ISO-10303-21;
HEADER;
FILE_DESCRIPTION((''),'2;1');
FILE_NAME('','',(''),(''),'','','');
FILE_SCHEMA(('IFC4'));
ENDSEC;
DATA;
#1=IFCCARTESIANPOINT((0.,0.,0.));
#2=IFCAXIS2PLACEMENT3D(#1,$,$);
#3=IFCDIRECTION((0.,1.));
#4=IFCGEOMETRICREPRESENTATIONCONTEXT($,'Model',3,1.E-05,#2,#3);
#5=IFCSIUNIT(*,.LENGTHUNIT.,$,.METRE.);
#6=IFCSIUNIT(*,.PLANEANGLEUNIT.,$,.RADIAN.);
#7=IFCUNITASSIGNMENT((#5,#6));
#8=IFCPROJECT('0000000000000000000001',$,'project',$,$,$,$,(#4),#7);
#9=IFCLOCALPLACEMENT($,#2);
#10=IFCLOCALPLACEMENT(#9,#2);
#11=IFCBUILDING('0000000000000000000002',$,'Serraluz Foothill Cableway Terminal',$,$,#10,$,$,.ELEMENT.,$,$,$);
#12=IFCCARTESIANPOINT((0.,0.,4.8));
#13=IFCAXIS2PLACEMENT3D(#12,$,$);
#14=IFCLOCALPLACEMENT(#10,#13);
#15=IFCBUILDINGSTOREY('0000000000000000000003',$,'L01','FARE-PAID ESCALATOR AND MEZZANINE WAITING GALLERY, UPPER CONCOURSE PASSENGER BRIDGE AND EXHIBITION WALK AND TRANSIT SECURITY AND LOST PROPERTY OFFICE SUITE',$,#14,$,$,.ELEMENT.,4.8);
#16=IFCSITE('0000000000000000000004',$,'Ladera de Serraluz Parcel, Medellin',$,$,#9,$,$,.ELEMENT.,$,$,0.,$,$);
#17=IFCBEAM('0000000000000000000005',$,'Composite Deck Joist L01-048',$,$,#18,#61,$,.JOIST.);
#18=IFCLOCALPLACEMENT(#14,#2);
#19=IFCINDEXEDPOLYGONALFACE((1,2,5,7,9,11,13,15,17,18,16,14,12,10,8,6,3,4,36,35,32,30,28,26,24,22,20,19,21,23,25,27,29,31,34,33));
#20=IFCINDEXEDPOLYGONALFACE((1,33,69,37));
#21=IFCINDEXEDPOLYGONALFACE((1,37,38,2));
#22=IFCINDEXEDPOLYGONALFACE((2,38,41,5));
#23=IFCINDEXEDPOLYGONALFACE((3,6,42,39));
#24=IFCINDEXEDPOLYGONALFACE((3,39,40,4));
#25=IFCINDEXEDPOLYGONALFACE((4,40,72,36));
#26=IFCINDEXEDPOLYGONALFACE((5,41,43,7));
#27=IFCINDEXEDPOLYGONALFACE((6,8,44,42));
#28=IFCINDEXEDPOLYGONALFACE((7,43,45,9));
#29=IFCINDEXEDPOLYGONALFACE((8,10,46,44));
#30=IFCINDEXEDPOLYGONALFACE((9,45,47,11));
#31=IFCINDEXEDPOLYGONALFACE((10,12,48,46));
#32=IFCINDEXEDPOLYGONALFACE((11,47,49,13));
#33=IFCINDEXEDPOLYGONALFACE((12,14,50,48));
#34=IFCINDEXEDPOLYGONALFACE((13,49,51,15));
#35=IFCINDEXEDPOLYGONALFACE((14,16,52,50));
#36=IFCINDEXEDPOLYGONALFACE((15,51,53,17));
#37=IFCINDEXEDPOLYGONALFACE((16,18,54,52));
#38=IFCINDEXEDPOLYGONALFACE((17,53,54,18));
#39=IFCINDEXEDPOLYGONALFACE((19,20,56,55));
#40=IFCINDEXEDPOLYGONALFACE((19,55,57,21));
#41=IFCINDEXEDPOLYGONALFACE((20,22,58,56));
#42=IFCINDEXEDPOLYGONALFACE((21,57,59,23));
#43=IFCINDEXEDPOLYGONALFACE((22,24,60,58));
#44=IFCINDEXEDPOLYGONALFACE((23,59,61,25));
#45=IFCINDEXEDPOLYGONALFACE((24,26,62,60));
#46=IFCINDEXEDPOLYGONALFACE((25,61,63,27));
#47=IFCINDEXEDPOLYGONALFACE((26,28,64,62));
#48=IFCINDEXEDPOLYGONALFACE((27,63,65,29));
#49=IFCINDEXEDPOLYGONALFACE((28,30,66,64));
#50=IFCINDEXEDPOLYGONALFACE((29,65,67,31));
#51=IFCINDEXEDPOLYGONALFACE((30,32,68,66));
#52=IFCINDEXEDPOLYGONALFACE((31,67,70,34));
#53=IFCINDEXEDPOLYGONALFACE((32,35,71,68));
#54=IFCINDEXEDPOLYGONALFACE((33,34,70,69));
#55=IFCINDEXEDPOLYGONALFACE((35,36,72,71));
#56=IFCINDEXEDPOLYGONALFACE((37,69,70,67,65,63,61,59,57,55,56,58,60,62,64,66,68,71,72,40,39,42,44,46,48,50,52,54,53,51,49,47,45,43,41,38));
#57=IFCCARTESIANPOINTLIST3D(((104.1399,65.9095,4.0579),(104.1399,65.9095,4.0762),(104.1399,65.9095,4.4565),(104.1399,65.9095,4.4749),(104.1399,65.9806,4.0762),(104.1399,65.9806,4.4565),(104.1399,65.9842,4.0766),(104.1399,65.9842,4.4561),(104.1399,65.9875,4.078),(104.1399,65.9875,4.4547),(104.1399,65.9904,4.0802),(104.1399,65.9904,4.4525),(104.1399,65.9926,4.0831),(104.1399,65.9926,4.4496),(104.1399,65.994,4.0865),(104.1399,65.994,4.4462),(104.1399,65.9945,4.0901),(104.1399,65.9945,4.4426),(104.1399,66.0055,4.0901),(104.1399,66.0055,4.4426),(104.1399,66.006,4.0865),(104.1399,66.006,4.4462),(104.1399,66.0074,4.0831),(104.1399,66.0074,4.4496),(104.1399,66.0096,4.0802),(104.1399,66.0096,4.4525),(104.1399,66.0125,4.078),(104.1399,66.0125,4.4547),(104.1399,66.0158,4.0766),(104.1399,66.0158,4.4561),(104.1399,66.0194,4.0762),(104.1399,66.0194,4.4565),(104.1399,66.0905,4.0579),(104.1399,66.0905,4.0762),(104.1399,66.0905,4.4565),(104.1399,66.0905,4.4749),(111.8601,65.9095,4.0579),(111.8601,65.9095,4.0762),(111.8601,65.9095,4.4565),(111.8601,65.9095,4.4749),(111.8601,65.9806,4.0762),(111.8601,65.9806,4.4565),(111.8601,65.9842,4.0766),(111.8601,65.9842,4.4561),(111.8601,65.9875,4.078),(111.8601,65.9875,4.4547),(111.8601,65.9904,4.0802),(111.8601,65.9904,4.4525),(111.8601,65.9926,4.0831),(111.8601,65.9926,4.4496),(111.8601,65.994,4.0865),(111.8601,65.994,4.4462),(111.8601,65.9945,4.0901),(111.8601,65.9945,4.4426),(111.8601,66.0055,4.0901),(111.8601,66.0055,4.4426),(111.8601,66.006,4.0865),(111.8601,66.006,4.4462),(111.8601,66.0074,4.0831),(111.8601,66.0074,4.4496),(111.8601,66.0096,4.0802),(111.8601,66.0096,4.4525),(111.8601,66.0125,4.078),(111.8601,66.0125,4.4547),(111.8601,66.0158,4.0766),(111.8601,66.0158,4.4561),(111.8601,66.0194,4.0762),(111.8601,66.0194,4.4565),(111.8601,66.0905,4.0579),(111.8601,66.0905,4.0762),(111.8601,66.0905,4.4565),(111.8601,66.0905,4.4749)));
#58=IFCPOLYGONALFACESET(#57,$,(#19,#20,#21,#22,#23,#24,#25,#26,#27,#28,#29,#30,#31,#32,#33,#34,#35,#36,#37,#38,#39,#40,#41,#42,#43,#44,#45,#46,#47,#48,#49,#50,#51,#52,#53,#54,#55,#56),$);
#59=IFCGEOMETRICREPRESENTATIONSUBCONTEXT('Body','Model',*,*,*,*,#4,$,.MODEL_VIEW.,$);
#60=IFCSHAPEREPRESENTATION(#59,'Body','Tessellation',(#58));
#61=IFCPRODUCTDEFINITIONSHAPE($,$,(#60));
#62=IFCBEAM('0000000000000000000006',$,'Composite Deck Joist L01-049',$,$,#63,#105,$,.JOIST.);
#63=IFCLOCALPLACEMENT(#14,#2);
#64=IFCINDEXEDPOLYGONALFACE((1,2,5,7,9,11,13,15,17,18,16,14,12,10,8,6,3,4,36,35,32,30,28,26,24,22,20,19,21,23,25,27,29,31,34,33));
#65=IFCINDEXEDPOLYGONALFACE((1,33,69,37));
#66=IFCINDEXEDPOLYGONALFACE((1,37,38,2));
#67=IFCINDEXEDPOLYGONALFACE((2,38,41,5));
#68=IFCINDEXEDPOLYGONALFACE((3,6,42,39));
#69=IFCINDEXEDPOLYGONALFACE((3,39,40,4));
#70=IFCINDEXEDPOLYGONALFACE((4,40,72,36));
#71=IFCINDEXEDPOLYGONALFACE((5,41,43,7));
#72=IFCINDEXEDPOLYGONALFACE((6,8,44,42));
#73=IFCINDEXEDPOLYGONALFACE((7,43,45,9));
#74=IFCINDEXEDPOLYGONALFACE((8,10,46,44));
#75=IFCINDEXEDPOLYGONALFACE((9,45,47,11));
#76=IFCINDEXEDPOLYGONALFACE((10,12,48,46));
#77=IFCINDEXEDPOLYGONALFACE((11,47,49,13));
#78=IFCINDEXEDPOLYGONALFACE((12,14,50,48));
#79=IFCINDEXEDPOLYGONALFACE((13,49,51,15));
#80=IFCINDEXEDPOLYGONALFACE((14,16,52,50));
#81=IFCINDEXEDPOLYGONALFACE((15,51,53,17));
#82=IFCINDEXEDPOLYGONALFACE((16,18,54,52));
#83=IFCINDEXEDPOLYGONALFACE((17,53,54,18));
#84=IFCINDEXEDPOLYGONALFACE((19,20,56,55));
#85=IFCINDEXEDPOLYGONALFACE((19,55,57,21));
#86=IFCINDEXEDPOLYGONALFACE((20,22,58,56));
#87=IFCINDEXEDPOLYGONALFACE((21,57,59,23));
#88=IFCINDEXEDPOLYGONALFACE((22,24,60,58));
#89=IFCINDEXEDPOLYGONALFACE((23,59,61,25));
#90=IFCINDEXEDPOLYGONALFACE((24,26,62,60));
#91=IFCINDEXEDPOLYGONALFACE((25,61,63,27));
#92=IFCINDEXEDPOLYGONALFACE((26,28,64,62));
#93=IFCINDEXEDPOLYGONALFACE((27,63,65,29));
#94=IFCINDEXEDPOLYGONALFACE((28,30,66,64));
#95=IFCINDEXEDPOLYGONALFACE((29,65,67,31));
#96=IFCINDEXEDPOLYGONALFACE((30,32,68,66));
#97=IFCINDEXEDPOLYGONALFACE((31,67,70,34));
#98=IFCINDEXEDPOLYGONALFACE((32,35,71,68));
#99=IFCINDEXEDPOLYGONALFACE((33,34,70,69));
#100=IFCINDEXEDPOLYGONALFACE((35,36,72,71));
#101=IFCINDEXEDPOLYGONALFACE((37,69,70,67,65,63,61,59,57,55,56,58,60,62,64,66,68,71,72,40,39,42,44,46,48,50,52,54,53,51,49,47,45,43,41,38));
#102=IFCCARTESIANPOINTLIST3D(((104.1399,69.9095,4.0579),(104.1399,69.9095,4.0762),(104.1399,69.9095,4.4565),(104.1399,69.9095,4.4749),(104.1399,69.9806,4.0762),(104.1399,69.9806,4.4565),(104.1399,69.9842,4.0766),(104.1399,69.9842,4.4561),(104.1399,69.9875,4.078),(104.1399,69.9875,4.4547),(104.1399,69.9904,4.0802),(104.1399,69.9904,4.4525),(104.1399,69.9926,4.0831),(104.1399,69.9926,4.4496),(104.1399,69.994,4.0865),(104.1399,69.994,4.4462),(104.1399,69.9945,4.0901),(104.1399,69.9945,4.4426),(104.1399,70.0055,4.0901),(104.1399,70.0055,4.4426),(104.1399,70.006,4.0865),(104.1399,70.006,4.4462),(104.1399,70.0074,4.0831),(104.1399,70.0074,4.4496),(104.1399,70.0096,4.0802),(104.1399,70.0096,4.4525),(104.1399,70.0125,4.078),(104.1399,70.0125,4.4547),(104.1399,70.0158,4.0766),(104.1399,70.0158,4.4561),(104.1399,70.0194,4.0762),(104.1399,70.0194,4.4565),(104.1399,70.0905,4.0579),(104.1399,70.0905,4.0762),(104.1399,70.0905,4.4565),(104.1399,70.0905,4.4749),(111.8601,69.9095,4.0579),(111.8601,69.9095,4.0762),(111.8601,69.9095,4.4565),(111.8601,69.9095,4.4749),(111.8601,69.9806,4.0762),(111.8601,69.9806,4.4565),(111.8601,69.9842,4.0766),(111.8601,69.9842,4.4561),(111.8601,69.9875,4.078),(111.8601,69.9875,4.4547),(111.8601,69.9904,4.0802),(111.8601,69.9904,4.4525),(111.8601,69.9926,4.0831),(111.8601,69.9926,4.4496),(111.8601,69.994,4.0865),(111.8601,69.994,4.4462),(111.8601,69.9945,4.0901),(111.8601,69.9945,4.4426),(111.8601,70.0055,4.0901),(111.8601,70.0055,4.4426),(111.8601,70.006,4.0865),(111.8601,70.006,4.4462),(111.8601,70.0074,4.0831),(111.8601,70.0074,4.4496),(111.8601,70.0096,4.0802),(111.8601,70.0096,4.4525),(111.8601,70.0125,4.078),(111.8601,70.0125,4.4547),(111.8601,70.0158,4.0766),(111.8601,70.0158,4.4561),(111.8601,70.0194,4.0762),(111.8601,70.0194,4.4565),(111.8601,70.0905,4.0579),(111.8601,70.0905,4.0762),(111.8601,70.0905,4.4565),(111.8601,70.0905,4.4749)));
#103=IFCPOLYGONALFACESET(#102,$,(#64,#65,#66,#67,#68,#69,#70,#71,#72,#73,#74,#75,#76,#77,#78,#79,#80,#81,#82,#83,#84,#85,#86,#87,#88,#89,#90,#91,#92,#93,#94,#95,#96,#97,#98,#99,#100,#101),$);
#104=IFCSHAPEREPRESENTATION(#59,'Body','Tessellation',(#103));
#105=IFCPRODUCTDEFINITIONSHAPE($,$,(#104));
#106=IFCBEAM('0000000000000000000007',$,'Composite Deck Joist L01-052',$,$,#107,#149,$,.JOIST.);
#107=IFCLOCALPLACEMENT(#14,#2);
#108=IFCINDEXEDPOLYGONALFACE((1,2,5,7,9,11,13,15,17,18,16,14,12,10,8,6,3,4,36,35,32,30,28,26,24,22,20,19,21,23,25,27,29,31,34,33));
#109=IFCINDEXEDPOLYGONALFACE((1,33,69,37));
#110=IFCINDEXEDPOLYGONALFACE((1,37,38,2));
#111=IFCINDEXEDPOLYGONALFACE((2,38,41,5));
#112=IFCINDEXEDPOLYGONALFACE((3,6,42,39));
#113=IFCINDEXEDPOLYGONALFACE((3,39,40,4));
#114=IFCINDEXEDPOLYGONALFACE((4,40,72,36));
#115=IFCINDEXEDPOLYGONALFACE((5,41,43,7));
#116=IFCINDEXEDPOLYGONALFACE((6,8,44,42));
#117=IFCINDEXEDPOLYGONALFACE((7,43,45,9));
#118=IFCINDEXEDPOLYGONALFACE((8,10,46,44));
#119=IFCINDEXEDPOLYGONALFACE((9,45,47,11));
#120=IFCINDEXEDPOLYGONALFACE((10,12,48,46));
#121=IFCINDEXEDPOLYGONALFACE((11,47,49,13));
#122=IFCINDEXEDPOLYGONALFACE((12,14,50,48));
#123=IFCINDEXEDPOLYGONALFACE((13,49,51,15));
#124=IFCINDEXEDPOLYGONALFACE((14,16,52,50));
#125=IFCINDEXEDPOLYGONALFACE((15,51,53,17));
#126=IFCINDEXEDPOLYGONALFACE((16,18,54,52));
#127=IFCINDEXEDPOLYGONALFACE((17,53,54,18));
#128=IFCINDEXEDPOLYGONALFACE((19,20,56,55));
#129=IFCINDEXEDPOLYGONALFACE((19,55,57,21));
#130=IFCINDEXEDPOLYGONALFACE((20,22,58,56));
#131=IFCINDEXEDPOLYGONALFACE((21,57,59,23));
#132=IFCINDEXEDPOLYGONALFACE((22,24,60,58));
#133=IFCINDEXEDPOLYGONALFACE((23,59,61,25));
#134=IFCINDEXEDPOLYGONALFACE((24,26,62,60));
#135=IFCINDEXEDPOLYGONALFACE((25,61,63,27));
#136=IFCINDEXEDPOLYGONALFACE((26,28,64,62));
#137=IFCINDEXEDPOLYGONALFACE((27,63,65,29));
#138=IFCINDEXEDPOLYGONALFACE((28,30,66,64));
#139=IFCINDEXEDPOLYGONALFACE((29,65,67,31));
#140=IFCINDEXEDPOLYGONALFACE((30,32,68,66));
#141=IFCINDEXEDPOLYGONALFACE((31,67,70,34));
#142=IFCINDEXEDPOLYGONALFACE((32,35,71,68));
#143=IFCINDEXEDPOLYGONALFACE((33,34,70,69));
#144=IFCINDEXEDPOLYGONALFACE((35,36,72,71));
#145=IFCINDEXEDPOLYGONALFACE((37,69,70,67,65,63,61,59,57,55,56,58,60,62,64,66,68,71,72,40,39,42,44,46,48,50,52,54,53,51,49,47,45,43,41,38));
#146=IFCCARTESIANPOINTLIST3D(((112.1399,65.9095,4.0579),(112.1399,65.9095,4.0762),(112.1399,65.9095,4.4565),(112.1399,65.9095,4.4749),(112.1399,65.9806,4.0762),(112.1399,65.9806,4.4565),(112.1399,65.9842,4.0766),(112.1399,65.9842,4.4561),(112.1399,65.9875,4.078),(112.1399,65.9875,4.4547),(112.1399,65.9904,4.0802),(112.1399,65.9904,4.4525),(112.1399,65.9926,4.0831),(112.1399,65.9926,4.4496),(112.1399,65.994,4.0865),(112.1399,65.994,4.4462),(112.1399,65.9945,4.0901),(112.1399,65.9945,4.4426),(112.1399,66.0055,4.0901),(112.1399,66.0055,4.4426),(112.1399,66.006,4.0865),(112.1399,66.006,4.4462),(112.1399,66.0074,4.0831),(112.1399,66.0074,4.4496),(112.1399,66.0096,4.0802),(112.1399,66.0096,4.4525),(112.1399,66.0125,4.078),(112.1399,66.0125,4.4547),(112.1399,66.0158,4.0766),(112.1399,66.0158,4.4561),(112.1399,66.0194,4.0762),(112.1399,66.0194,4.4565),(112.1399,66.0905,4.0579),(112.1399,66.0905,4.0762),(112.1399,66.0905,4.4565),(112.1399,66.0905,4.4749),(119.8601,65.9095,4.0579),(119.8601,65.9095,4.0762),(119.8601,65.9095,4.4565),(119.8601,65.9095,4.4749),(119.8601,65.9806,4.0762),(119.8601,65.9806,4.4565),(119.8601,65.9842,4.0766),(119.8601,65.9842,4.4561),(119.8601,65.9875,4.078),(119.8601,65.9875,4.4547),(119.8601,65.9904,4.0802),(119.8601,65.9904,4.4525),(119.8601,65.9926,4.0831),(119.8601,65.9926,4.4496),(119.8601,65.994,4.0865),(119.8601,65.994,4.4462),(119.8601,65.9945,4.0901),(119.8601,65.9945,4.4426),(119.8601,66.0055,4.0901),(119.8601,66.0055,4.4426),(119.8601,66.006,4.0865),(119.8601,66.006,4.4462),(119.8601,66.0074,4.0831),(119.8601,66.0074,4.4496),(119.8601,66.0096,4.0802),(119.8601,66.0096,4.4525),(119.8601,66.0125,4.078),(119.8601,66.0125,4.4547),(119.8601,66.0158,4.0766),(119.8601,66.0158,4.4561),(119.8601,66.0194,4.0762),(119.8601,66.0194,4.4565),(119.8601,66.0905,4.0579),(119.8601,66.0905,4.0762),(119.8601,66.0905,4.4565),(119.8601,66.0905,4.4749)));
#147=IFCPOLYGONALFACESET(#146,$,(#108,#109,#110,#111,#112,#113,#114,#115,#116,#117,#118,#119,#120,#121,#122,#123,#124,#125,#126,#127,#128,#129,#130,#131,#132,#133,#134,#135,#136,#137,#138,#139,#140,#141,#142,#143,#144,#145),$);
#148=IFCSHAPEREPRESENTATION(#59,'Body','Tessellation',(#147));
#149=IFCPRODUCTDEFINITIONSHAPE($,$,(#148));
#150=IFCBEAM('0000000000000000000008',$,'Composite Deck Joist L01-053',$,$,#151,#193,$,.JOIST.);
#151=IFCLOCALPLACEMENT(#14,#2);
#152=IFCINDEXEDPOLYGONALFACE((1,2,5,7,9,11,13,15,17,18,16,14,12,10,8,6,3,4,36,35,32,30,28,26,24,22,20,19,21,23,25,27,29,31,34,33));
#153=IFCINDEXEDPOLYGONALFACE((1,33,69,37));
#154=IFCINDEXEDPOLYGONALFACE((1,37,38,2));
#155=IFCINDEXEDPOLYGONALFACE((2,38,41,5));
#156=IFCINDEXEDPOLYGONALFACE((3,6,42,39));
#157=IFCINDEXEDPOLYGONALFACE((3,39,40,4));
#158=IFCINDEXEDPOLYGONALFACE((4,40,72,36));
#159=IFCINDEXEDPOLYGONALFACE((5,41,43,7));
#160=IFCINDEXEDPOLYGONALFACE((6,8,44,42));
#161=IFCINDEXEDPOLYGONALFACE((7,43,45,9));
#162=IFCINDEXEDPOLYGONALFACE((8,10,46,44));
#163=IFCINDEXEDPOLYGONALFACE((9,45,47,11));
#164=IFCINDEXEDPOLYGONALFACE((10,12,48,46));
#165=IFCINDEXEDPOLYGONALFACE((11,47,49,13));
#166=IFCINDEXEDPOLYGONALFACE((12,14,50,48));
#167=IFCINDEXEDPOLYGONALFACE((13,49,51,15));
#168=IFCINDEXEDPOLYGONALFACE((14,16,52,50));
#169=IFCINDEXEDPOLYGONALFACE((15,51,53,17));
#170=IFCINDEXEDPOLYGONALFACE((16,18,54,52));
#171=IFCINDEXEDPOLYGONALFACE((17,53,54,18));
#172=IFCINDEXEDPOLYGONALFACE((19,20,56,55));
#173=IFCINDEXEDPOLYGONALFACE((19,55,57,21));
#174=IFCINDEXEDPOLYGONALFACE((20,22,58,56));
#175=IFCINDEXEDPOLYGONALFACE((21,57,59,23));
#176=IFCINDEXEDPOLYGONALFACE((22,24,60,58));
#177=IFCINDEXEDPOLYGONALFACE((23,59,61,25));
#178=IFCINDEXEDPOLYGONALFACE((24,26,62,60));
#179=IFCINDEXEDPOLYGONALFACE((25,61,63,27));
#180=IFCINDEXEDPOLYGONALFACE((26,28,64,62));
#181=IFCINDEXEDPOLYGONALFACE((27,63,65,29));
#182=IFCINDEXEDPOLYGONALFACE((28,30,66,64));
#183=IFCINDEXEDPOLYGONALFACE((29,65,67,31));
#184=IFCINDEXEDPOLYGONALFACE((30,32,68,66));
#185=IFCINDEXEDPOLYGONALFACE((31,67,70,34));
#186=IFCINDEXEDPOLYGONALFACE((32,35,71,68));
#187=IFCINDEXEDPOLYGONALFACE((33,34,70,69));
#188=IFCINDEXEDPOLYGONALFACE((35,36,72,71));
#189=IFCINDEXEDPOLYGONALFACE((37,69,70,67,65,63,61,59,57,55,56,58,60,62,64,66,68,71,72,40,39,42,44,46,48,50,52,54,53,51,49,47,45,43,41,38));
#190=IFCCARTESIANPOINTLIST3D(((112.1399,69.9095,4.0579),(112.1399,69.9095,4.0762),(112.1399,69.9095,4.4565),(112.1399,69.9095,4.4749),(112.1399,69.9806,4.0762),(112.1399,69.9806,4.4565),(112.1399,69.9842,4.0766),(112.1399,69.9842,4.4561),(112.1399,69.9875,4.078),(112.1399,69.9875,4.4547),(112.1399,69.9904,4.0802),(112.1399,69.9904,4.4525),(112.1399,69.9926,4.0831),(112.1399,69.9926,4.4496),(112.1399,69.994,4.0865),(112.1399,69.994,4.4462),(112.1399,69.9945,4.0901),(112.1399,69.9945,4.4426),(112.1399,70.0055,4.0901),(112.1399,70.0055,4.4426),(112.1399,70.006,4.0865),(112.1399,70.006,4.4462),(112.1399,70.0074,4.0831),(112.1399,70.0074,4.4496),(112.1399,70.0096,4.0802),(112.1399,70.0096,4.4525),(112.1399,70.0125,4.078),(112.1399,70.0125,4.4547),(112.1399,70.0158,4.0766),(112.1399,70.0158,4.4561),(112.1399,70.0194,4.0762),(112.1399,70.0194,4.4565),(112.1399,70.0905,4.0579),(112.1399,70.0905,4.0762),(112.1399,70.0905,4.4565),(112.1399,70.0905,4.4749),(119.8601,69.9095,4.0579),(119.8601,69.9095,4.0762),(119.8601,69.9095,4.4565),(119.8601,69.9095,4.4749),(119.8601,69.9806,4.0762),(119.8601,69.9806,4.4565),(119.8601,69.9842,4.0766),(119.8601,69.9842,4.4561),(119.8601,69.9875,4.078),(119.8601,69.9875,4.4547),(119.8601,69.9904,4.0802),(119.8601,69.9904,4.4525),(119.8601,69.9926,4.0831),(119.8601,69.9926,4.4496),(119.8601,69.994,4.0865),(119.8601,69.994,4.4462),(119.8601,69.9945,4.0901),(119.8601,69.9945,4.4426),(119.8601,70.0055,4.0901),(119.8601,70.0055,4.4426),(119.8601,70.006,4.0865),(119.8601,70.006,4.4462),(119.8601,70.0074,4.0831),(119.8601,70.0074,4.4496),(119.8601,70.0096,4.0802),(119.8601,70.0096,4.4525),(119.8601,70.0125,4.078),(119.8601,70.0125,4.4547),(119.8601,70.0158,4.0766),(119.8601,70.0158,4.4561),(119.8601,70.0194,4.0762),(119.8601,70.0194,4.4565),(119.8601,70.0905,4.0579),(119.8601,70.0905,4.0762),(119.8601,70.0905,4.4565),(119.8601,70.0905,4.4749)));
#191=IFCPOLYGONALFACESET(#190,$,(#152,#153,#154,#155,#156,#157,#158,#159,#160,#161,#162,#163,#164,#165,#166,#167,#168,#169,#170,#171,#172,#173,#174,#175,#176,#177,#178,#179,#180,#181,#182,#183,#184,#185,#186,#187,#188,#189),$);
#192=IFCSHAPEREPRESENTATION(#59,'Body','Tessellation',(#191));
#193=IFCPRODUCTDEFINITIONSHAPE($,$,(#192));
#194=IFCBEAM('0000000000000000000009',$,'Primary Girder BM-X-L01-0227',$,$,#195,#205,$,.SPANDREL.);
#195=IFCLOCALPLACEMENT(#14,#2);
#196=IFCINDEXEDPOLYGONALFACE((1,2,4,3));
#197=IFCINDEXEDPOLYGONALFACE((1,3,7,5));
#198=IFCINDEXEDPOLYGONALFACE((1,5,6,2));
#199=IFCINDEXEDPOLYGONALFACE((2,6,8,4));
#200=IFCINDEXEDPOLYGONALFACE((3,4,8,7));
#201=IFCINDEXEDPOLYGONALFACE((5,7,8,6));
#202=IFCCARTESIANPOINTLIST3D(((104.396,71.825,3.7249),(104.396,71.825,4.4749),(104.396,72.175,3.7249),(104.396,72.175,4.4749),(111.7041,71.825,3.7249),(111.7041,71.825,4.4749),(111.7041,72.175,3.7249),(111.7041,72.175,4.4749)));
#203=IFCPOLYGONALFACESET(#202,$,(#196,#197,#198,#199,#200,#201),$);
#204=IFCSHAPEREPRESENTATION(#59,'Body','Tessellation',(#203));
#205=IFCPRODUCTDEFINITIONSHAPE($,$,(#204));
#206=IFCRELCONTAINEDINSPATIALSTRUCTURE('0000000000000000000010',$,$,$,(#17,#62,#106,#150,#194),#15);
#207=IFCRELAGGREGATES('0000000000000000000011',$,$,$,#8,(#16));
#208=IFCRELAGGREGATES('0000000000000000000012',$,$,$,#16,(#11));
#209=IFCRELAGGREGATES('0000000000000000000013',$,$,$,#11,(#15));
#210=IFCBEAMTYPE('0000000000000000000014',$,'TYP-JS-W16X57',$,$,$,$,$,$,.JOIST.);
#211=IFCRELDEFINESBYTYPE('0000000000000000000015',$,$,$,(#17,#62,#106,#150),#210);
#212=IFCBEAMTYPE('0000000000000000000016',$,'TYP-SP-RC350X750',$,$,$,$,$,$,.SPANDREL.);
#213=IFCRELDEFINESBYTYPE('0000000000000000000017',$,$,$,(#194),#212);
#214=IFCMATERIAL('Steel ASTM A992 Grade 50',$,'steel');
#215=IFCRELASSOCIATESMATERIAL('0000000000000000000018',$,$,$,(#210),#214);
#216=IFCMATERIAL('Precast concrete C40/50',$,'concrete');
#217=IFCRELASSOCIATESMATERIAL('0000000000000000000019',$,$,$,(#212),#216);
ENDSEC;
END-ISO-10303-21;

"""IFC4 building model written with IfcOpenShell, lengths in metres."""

from ifc_helpers import new_model, si_unit, direction, frame, origin, origin_2d, place, context, subcontext, project, spatial, rectangle, i_section, extrude, material, material_profile, profile_set, type_object, element, save


model = new_model("IFC4")

# Units and contexts
model_context = context("Model", 3, precision=1e-05, world=origin(), true_north=direction((0.0, 1.0)))
body_context = subcontext(model_context, "Body", "Model", "MODEL_VIEW")
ifc_project = project(units=[si_unit("LENGTHUNIT", "METRE"), si_unit("PLANEANGLEUNIT", "RADIAN")], contexts=[model_context])

# Site, building, storey
site_placement = place(None, origin())
site = spatial("IfcSite", under=ifc_project, at=site_placement, Name="Ladera de Serraluz Parcel, Medellin", CompositionType="ELEMENT", RefElevation=0.0)
building_placement = place(site_placement, origin())
building = spatial("IfcBuilding", under=site, at=building_placement, Name="Serraluz Foothill Cableway Terminal", CompositionType="ELEMENT")
storey_placement = place(building_placement, frame((0.0, 0.0, 4.8)))
storey = spatial("IfcBuildingStorey", under=building, at=storey_placement, Name="L01", Description="FARE-PAID ESCALATOR AND MEZZANINE WAITING GALLERY, UPPER CONCOURSE PASSENGER BRIDGE AND EXHIBITION WALK AND TRANSIT SECURITY AND LOST PROPERTY OFFICE SUITE", CompositionType="ELEMENT", Elevation=4.8)

# Beams
ifc_material_1 = material(Name="Steel ASTM A992 Grade 50", Category="steel")
ifc_material_profile_1 = material_profile(ifc_material_1, i_section(OverallWidth=0.1809, OverallDepth=0.417, WebThickness=0.011, FlangeThickness=0.0183, FilletRadius=0.0139, at=origin_2d()), Name="W16X57")
ifc_profile_set_1 = profile_set([ifc_material_profile_1], Name="Steel ASTM A992 Grade 50")
beam_type_1 = type_object("IfcBeamType", Name="TYP-JS-W16X57", PredefinedType="JOIST", material=ifc_profile_set_1)
for number, where, z_axis, x_axis, name in (
    (1, (104.1399, 66.0, 4.2664), (1.0, 0.0, 0.0), (0.0, 1.0, 0.0), "Composite Deck Joist L01-048"),
    (2, (104.1399, 70.0, 4.2664), (1.0, 0.0, 0.0), (0.0, 1.0, 0.0), "Composite Deck Joist L01-049"),
    (3, (112.1399, 66.0, 4.2664), (1.0, 0.0, 0.0), (0.0, 1.0, 0.0), "Composite Deck Joist L01-052"),
    (4, (112.1399, 70.0, 4.2664), (1.0, 0.0, 0.0), (0.0, 1.0, 0.0), "Composite Deck Joist L01-053"),
):
    element("IfcBeam", number, at=place(storey_placement, frame(where, z_axis=z_axis, x_axis=x_axis)), inside=storey, type_object=beam_type_1, Name=name, PredefinedType="JOIST", context=body_context, shape_type="SweptSolid", body=[
        extrude(i_section(OverallWidth=0.1809, OverallDepth=0.417, WebThickness=0.011, FlangeThickness=0.0183, FilletRadius=0.0139, at=origin_2d()), origin(), (0.0, 0.0, 1.0), 7.7202),
    ])
ifc_material_2 = material(Name="Precast concrete C40/50", Category="concrete")
ifc_material_profile_2 = material_profile(ifc_material_2, rectangle(XDim=0.3501, YDim=0.75, at=origin_2d()), Name="RC SP 350x750")
ifc_profile_set_2 = profile_set([ifc_material_profile_2], Name="Precast concrete C40/50")
beam_type_2 = type_object("IfcBeamType", Name="TYP-SP-RC350X750", PredefinedType="SPANDREL", material=ifc_profile_set_2)
for number, where, z_axis, x_axis, name in (
    (5, (104.396, 72.0, 4.0999), (1.0, 0.0, 0.0), (0.0, 1.0, 0.0), "Primary Girder BM-X-L01-0227"),
):
    element("IfcBeam", number, at=place(storey_placement, frame(where, z_axis=z_axis, x_axis=x_axis)), inside=storey, type_object=beam_type_2, Name=name, PredefinedType="SPANDREL", context=body_context, shape_type="SweptSolid", body=[
        extrude(rectangle(XDim=0.3501, YDim=0.75, at=origin_2d()), origin(), (0.0, 0.0, 1.0), 7.3081),
    ])

save(model, "model.ifc")
